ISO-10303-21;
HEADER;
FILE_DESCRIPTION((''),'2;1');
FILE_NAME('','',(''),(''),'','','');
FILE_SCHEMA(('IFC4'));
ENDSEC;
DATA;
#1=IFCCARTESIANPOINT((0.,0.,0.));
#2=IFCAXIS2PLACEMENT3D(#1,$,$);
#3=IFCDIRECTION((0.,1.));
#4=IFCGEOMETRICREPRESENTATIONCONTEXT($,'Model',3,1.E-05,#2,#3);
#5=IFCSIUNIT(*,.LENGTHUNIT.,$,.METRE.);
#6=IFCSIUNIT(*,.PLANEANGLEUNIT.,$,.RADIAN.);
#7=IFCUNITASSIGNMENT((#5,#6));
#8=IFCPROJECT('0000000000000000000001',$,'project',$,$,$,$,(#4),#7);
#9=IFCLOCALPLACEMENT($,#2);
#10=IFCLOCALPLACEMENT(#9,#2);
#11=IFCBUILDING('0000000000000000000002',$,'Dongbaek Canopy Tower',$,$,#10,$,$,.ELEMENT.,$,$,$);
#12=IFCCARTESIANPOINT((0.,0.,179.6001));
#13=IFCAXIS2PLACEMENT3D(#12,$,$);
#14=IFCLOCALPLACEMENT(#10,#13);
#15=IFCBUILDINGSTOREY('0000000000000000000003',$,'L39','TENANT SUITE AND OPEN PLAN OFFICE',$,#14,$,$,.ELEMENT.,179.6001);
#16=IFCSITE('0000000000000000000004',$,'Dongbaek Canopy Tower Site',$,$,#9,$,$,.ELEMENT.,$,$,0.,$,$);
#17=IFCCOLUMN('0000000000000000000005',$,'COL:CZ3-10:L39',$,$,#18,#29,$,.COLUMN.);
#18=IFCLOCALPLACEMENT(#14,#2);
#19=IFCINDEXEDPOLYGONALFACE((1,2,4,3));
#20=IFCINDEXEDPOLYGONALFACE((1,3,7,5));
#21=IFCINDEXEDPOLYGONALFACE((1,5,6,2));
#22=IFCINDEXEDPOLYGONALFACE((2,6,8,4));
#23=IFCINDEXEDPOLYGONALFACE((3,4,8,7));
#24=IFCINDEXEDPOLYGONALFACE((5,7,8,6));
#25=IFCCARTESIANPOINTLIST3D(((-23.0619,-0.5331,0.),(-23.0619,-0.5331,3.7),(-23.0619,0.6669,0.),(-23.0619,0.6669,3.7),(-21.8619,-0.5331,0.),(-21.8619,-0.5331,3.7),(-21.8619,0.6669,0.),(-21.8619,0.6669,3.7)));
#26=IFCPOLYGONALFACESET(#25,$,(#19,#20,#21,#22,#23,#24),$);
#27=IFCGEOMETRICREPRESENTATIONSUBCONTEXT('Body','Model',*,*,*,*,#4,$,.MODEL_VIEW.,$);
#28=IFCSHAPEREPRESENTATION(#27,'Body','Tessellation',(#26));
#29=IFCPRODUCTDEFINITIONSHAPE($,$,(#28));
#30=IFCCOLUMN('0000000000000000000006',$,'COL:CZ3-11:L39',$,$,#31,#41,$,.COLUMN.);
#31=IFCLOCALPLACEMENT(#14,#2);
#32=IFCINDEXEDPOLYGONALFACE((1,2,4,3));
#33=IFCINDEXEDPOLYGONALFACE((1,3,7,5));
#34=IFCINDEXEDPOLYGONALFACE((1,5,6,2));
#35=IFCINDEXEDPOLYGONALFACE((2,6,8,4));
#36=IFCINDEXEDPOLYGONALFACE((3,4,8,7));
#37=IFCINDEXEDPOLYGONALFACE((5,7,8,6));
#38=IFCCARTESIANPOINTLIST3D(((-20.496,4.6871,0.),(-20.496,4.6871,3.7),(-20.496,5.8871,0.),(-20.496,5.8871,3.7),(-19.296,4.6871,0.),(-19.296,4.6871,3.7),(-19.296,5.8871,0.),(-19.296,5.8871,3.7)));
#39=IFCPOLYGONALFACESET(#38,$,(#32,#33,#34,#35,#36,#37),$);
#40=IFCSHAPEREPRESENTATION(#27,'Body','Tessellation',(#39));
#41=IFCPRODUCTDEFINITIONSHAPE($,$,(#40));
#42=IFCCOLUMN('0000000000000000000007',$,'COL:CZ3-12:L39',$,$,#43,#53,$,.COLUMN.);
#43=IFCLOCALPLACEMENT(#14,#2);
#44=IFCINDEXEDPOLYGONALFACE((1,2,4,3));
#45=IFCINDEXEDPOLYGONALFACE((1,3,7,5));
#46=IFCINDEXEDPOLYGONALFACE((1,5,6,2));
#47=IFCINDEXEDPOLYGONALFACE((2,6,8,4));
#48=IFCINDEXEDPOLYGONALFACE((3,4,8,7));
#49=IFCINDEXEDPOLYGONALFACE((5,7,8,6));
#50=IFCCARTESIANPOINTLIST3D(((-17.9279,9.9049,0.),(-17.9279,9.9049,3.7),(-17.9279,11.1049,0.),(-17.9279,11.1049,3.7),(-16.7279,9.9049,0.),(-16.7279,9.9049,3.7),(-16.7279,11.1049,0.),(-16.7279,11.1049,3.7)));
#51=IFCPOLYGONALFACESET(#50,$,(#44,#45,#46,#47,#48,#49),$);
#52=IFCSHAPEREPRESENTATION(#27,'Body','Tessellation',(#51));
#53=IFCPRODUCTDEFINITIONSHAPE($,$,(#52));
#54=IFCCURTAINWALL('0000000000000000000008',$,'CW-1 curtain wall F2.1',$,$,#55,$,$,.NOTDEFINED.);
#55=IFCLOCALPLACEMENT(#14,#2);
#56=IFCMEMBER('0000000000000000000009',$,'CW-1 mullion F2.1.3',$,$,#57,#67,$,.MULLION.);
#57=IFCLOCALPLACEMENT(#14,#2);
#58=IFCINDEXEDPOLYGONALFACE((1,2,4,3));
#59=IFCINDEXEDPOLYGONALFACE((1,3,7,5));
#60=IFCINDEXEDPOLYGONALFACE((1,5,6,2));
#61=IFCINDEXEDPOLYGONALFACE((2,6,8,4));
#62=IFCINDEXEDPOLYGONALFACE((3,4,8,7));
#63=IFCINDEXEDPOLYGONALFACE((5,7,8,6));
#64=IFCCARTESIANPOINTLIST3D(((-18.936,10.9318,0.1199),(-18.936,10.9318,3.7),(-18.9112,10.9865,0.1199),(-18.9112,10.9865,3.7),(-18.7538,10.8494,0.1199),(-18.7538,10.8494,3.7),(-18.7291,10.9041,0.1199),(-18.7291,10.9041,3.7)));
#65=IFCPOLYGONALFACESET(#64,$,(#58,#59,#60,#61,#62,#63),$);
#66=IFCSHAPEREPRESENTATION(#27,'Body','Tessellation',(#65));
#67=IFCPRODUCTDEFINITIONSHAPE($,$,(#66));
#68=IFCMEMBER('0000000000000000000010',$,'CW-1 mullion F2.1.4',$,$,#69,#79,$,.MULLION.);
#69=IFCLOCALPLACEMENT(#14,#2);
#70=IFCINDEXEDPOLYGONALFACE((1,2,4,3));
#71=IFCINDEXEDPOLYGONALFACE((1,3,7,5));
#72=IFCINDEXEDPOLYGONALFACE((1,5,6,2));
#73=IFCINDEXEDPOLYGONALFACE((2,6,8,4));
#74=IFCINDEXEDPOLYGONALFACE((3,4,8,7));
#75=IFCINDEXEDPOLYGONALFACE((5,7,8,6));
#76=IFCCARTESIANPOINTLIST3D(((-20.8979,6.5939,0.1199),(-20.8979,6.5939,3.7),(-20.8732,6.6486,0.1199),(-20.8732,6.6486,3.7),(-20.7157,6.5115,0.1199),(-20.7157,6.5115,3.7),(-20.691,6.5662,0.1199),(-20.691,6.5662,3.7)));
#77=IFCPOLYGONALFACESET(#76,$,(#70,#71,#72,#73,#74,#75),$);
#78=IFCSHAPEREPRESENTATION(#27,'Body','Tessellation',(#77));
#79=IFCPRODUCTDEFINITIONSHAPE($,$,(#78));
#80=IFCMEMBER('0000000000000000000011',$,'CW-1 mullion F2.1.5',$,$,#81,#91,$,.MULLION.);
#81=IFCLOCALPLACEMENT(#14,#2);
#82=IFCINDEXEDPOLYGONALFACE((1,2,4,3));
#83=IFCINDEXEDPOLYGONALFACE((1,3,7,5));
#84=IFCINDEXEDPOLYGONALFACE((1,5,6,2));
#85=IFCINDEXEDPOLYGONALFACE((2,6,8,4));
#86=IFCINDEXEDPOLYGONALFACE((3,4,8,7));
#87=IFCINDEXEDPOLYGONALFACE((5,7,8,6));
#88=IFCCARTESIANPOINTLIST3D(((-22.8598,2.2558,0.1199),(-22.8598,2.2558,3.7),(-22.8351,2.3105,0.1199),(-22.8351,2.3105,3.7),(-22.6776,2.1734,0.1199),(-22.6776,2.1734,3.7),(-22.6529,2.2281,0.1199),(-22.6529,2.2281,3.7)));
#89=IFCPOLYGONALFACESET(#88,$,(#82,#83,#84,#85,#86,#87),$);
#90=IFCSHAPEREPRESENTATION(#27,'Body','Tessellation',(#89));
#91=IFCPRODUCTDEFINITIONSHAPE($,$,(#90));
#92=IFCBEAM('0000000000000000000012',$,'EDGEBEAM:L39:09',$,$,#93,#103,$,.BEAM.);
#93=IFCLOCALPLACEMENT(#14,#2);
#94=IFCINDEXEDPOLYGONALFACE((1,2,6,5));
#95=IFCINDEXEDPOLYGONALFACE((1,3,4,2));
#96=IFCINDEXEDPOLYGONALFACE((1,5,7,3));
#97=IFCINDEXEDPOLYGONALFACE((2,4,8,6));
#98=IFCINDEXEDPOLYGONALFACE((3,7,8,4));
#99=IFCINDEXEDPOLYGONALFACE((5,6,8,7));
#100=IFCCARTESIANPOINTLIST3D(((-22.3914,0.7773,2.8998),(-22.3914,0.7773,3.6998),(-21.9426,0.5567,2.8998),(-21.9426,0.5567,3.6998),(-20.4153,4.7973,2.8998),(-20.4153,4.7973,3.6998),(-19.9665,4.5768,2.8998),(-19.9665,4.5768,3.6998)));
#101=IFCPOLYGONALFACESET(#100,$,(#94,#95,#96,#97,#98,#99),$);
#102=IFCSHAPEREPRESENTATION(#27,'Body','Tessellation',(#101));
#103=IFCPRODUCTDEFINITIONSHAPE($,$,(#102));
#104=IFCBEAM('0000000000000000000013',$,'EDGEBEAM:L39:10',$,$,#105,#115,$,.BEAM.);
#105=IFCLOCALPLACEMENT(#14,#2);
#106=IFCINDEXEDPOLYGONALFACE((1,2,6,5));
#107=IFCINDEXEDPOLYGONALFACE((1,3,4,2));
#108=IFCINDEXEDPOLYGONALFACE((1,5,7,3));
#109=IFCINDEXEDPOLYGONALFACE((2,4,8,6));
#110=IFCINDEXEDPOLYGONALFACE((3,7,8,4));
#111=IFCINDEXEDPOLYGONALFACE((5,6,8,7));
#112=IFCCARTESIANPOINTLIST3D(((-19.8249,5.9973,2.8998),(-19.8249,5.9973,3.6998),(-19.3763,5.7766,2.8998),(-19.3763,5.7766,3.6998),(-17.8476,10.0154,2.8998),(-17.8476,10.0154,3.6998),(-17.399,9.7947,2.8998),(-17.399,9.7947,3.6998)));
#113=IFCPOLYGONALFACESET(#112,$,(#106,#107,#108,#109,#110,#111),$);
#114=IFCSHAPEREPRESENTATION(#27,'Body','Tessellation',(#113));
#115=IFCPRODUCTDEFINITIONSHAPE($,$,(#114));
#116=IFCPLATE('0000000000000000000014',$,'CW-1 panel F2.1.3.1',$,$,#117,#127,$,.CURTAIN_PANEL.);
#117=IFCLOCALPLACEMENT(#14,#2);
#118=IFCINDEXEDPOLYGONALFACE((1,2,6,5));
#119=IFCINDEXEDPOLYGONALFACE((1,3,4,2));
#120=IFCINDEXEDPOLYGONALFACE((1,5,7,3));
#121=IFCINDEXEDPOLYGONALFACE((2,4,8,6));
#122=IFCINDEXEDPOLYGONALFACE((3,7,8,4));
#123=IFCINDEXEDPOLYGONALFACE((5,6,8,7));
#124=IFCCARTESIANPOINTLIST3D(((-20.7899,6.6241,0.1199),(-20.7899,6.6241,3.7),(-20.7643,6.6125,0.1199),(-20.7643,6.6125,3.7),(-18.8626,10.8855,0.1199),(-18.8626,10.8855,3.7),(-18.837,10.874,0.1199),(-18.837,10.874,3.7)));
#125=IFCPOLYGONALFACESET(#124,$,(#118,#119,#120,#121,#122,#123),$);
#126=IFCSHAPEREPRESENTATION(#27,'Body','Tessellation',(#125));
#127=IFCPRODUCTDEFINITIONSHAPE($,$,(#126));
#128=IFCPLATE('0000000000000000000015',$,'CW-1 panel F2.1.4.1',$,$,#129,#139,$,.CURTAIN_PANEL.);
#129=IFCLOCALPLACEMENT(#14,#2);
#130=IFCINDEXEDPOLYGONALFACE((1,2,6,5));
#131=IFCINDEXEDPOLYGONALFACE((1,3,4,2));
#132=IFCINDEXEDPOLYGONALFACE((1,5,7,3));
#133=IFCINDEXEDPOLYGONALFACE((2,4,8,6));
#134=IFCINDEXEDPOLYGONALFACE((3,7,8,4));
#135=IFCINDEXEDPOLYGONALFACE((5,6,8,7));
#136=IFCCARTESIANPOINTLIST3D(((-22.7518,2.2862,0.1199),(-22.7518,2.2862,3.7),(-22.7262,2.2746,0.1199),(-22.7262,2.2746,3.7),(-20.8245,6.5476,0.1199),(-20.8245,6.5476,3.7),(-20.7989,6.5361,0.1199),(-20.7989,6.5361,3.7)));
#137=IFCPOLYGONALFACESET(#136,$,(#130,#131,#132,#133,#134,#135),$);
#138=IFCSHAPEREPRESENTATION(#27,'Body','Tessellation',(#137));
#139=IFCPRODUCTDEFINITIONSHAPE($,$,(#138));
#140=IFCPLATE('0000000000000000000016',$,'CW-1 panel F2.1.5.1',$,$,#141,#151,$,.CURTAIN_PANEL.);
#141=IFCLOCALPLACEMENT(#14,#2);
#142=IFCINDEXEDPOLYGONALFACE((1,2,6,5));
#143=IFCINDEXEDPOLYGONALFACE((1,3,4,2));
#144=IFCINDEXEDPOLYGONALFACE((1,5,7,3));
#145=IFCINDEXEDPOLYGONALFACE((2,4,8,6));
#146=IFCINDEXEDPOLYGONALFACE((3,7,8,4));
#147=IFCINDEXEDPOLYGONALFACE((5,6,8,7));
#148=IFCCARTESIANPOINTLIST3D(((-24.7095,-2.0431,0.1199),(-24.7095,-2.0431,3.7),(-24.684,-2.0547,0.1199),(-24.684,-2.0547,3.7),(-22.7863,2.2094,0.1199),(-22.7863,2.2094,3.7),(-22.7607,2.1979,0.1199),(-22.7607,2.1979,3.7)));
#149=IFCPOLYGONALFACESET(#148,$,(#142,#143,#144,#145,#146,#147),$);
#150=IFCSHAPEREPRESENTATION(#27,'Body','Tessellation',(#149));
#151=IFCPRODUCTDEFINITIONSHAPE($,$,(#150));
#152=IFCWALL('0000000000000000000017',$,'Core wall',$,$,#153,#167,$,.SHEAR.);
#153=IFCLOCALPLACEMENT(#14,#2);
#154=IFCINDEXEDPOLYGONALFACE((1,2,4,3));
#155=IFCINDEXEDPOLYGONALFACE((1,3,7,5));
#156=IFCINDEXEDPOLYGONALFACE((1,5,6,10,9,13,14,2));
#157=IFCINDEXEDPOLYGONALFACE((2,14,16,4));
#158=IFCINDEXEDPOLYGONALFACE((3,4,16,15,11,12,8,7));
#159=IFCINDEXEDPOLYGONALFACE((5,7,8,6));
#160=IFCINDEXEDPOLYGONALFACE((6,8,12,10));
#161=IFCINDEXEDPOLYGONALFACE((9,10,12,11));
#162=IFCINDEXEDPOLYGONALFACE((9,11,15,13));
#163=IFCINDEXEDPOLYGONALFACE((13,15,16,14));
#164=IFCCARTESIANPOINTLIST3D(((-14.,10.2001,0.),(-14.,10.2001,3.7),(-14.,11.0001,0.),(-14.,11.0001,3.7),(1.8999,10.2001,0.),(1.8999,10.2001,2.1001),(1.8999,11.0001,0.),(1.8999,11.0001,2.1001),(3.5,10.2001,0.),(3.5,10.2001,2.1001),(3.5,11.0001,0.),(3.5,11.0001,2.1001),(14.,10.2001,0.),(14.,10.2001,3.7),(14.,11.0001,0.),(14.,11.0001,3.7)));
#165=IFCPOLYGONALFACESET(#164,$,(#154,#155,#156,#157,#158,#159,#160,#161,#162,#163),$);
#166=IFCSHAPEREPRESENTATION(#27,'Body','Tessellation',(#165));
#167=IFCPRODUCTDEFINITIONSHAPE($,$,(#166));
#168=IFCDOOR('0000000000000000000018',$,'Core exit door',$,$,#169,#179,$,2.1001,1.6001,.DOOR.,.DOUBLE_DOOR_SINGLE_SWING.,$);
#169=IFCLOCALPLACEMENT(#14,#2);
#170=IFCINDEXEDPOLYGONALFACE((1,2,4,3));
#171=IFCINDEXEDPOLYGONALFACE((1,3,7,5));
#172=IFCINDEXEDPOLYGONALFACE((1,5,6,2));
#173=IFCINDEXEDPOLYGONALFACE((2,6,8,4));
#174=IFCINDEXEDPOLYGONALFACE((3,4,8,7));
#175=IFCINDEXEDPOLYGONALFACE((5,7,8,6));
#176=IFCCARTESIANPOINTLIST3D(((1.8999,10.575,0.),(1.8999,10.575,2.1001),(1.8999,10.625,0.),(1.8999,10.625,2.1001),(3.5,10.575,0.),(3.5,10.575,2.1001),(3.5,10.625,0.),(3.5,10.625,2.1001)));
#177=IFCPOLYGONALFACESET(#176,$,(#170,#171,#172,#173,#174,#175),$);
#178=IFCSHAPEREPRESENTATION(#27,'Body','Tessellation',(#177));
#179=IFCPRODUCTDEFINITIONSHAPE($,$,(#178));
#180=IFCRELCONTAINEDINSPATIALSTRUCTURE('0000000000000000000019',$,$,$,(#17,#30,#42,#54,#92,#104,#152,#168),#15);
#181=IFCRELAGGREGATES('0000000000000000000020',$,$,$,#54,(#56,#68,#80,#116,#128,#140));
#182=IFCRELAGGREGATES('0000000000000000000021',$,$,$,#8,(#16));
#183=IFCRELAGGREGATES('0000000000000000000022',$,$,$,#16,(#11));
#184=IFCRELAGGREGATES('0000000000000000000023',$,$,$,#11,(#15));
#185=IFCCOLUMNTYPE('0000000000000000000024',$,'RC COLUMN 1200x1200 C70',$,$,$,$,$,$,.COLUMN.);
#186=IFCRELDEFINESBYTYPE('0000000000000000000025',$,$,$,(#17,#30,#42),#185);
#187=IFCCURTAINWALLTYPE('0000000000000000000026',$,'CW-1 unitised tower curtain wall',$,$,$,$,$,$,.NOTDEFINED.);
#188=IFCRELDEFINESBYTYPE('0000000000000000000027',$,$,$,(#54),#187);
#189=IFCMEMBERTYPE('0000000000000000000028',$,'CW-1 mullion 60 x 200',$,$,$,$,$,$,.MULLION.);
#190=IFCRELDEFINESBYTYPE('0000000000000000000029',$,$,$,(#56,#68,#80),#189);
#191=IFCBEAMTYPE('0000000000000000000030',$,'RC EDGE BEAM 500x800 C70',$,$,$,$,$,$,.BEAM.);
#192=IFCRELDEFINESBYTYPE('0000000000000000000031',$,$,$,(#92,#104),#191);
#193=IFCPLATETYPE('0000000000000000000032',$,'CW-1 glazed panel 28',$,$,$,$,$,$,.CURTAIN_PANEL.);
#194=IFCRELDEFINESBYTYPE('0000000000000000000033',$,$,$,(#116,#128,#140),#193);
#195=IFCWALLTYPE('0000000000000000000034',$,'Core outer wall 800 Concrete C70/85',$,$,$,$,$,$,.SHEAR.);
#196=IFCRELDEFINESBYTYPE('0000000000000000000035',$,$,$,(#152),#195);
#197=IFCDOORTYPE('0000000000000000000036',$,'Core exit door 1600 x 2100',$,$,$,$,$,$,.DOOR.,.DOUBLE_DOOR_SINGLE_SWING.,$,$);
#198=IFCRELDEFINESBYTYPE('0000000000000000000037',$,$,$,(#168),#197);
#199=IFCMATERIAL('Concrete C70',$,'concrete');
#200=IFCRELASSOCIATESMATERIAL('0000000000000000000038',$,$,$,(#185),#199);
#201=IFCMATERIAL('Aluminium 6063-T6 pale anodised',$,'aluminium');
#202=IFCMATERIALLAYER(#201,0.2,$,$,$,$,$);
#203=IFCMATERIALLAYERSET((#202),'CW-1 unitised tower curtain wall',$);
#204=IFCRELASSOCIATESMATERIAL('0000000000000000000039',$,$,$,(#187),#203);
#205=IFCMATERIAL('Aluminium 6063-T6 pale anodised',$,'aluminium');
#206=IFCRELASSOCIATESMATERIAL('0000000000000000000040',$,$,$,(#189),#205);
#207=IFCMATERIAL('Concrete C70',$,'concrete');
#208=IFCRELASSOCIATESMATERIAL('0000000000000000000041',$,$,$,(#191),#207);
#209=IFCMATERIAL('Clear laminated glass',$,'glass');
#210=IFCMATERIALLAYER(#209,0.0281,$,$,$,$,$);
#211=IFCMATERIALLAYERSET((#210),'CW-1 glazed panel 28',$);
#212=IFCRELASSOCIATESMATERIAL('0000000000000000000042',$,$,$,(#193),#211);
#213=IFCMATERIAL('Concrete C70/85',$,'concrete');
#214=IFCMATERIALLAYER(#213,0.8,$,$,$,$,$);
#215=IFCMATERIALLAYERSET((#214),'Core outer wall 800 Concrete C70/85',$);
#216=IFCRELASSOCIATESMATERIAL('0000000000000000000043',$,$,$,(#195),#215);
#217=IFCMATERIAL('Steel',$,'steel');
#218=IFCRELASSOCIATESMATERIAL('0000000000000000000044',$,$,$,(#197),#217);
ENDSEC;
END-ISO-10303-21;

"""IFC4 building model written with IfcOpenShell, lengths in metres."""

from ifc_helpers import new_model, si_unit, direction, frame, frame_2d, origin, origin_2d, place, context, subcontext, project, spatial, rectangle, extrude, material, layer, layer_set, material_profile, profile_set, type_object, element, fill, aggregate, save


model = new_model("IFC4")

# Units and contexts
model_context = context("Model", 3, precision=1e-05, world=origin(), true_north=direction((0.0, 1.0)))
body_context = subcontext(model_context, "Body", "Model", "MODEL_VIEW")
ifc_project = project(units=[si_unit("LENGTHUNIT", "METRE"), si_unit("PLANEANGLEUNIT", "RADIAN")], contexts=[model_context])

# Site, building, storey
site_placement = place(None, origin())
site = spatial("IfcSite", under=ifc_project, at=site_placement, Name="Dongbaek Canopy Tower Site", CompositionType="ELEMENT", RefElevation=0.0)
building_placement = place(site_placement, origin())
building = spatial("IfcBuilding", under=site, at=building_placement, Name="Dongbaek Canopy Tower", CompositionType="ELEMENT")
storey_placement = place(building_placement, frame((0.0, 0.0, 179.6001)))
storey = spatial("IfcBuildingStorey", under=building, at=storey_placement, Name="L39", Description="TENANT SUITE AND OPEN PLAN OFFICE", CompositionType="ELEMENT", Elevation=179.6001)

# Columns
ifc_material_1 = material(Name="Concrete C70", Category="concrete")
ifc_material_profile_1 = material_profile(ifc_material_1, rectangle(XDim=1.2, YDim=1.2, at=origin_2d()), Name="RC COLUMN 1200x1200 C70")
ifc_profile_set_1 = profile_set([ifc_material_profile_1], Name="Concrete C70")
column_type = type_object("IfcColumnType", Name="RC COLUMN 1200x1200 C70", PredefinedType="COLUMN", material=ifc_profile_set_1)
for number, where, z_axis, x_axis, name in (
    (1, (-22.4619, 0.0669, 0.0), (0.0, 0.0, 1.0), (1.0, 0.0, 0.0), "COL:CZ3-10:L39"),
    (2, (-19.896, 5.2871, 0.0), (0.0, 0.0, 1.0), (1.0, 0.0, 0.0), "COL:CZ3-11:L39"),
    (3, (-17.3279, 10.5049, 0.0), (0.0, 0.0, 1.0), (1.0, 0.0, 0.0), "COL:CZ3-12:L39"),
):
    element("IfcColumn", number, at=place(storey_placement, frame(where, z_axis=z_axis, x_axis=x_axis)), inside=storey, type_object=column_type, Name=name, PredefinedType="COLUMN", context=body_context, shape_type="SweptSolid", body=[
        extrude(rectangle(XDim=1.2, YDim=1.2, at=origin_2d()), origin(), (0.0, 0.0, 1.0), 3.7),
    ])

# Curtain wall, members
ifc_material_2 = material(Name="Aluminium 6063-T6 pale anodised", Category="aluminium")
ifc_layer_1 = layer(ifc_material_2, 0.2)
ifc_layer_set_1 = layer_set([ifc_layer_1], Name="CW-1 unitised tower curtain wall")
curtain_wall_type = type_object("IfcCurtainWallType", Name="CW-1 unitised tower curtain wall", PredefinedType="NOTDEFINED", material=ifc_layer_set_1)
curtain_wall_placement = place(storey_placement, origin())
curtain_wall = element("IfcCurtainWall", 4, at=curtain_wall_placement, inside=storey, type_object=curtain_wall_type, Name="CW-1 curtain wall F2.1", PredefinedType="NOTDEFINED")
ifc_material_3 = material(Name="Aluminium 6063-T6 pale anodised", Category="aluminium")
ifc_material_profile_2 = material_profile(ifc_material_3, rectangle(XDim=0.2, YDim=0.0601, at=origin_2d()), Name="CW-1 mullion 60 x 200")
ifc_profile_set_2 = profile_set([ifc_material_profile_2], Name="Aluminium 6063-T6 pale anodised")
member_type = type_object("IfcMemberType", Name="CW-1 mullion 60 x 200", PredefinedType="MULLION", material=ifc_profile_set_2)
member_1_placement = place(storey_placement, frame((-18.8325, 10.918, 0.1199), z_axis=(0.0, 0.0, 1.0), x_axis=(-0.911148, 0.41208, 0.0)))
member_1 = element("IfcMember", 5, at=member_1_placement, type_object=member_type, Name="CW-1 mullion F2.1.3", PredefinedType="MULLION", context=body_context, shape_type="SweptSolid", body=[
    extrude(rectangle(XDim=0.2, YDim=0.0601, at=origin_2d()), origin(), (0.0, 0.0, 1.0), 3.5801),
])
member_2_placement = place(storey_placement, frame((-20.7944, 6.5801, 0.1199), z_axis=(0.0, 0.0, 1.0), x_axis=(-0.911148, 0.41208, 0.0)))
member_2 = element("IfcMember", 6, at=member_2_placement, type_object=member_type, Name="CW-1 mullion F2.1.4", PredefinedType="MULLION", context=body_context, shape_type="SweptSolid", body=[
    extrude(rectangle(XDim=0.2, YDim=0.0601, at=origin_2d()), origin(), (0.0, 0.0, 1.0), 3.5801),
])
member_3_placement = place(storey_placement, frame((-22.7563, 2.2419, 0.1199), z_axis=(0.0, 0.0, 1.0), x_axis=(-0.911148, 0.41208, 0.0)))
member_3 = element("IfcMember", 7, at=member_3_placement, type_object=member_type, Name="CW-1 mullion F2.1.5", PredefinedType="MULLION", context=body_context, shape_type="SweptSolid", body=[
    extrude(rectangle(XDim=0.2, YDim=0.0601, at=origin_2d()), origin(), (0.0, 0.0, 1.0), 3.5801),
])

# Beams
ifc_material_4 = material(Name="Concrete C70", Category="concrete")
ifc_material_profile_3 = material_profile(ifc_material_4, rectangle(XDim=0.5, YDim=0.8, at=origin_2d()), Name="RC EDGE BEAM 500x800 C70")
ifc_profile_set_3 = profile_set([ifc_material_profile_3], Name="Concrete C70")
beam_type = type_object("IfcBeamType", Name="RC EDGE BEAM 500x800 C70", PredefinedType="BEAM", material=ifc_profile_set_3)
beam_1_placement = place(storey_placement, frame((-22.167, 0.667, 3.2998), z_axis=(0.441143, 0.897437, 0.0), x_axis=(-0.897437, 0.441143, 0.0)))
element("IfcBeam", 8, at=beam_1_placement, inside=storey, type_object=beam_type, Name="EDGEBEAM:L39:09", PredefinedType="BEAM", context=body_context, shape_type="SweptSolid", body=[
    extrude(rectangle(XDim=0.5, YDim=0.8, at=origin_2d()), origin(), (0.0, 0.0, 1.0), 4.4795),
])
beam_2_placement = place(storey_placement, frame((-19.6006, 5.887, 3.2998), z_axis=(0.441535, 0.897244, 0.0), x_axis=(-0.897244, 0.441535, 0.0)))
element("IfcBeam", 9, at=beam_2_placement, inside=storey, type_object=beam_type, Name="EDGEBEAM:L39:10", PredefinedType="BEAM", context=body_context, shape_type="SweptSolid", body=[
    extrude(rectangle(XDim=0.5, YDim=0.8, at=origin_2d()), origin(), (0.0, 0.0, 1.0), 4.4783),
])

# Plates
ifc_material_5 = material(Name="Clear laminated glass", Category="glass")
ifc_layer_2 = layer(ifc_material_5, 0.0281)
ifc_layer_set_2 = layer_set([ifc_layer_2], Name="CW-1 glazed panel 28")
plate_type = type_object("IfcPlateType", Name="CW-1 glazed panel 28", PredefinedType="CURTAIN_PANEL", material=ifc_layer_set_2)
plate_1_placement = place(storey_placement, frame((-19.8135, 8.749, 0.1199), z_axis=(0.0, 0.0, 1.0), x_axis=(-0.41208, -0.911148, 0.0)))
plate_1 = element("IfcPlate", 10, at=plate_1_placement, type_object=plate_type, Name="CW-1 panel F2.1.3.1", PredefinedType="CURTAIN_PANEL", context=body_context, shape_type="SweptSolid", body=[
    extrude(rectangle(XDim=4.677, YDim=0.0281, at=origin_2d()), origin(), (0.0, 0.0, 1.0), 3.5801),
])
plate_2_placement = place(storey_placement, frame((-21.7754, 4.4111, 0.1199), z_axis=(0.0, 0.0, 1.0), x_axis=(-0.41208, -0.911148, 0.0)))
plate_2 = element("IfcPlate", 11, at=plate_2_placement, type_object=plate_type, Name="CW-1 panel F2.1.4.1", PredefinedType="CURTAIN_PANEL", context=body_context, shape_type="SweptSolid", body=[
    extrude(rectangle(XDim=4.677, YDim=0.0281, at=origin_2d()), origin(), (0.0, 0.0, 1.0), 3.5801),
])
plate_3_placement = place(storey_placement, frame((-23.7351, 0.0774, 0.1199), z_axis=(0.0, 0.0, 1.0), x_axis=(-0.41208, -0.911148, 0.0)))
plate_3 = element("IfcPlate", 12, at=plate_3_placement, type_object=plate_type, Name="CW-1 panel F2.1.5.1", PredefinedType="CURTAIN_PANEL", context=body_context, shape_type="SweptSolid", body=[
    extrude(rectangle(XDim=4.6672, YDim=0.0281, at=origin_2d()), origin(), (0.0, 0.0, 1.0), 3.5801),
])

# Wall, opening, door
ifc_material_6 = material(Name="Concrete C70/85", Category="concrete")
ifc_layer_3 = layer(ifc_material_6, 0.8)
ifc_layer_set_3 = layer_set([ifc_layer_3], Name="Core outer wall 800 Concrete C70/85")
wall_type_1 = type_object("IfcWallType", Name="Core outer wall 800 Concrete C70/85", PredefinedType="SHEAR", material=ifc_layer_set_3)
wall_1_placement = place(storey_placement, frame((-14.0, 10.6001, 0.0), z_axis=(0.0, 0.0, 1.0), x_axis=(1.0, 0.0, 0.0)))
wall_1 = element("IfcWall", 13, at=wall_1_placement, inside=storey, type_object=wall_type_1, Name="Core wall", PredefinedType="SHEAR", context=body_context, shape_type="SweptSolid", body=[
    extrude(rectangle(XDim=28.0, YDim=0.8, at=frame_2d((14.0, 0.0))), origin(), (0.0, 0.0, 1.0), 3.7),
])
opening_placement = place(wall_1_placement, frame((15.8999, 0.0, 0.0)))
opening = element("IfcOpeningElement", 14, at=opening_placement, cuts=wall_1, PredefinedType="OPENING", context=body_context, shape_type="SweptSolid", body=[
    extrude(rectangle(XDim=1.6001, YDim=2.1001, at=frame_2d((0.8, 1.05))), frame((0.0, 0.4099, 0.0), z_axis=(0.0, -1.0, 0.0), x_axis=(1.0, 0.0, 0.0)), (0.0, 0.0, 1.0), 0.8201),
])
ifc_material_7 = material(Name="Steel", Category="steel")
door_type = type_object("IfcDoorType", Name="Core exit door 1600 x 2100", OperationType="DOUBLE_DOOR_SINGLE_SWING", PredefinedType="DOOR", material=ifc_material_7)
door_placement = place(opening_placement, origin())
door = element("IfcDoor", 15, at=door_placement, inside=storey, type_object=door_type, Name="Core exit door", OperationType="DOUBLE_DOOR_SINGLE_SWING", OverallHeight=2.1001, OverallWidth=1.6001, PredefinedType="DOOR", context=body_context, shape_type="SweptSolid", body=[
    extrude(rectangle(XDim=1.6001, YDim=2.1001, at=frame_2d((0.8, 1.05))), frame((0.0, 0.0249, 0.0), z_axis=(0.0, -1.0, 0.0), x_axis=(1.0, 0.0, 0.0)), (0.0, 0.0, 1.0), 0.05),
])
fill(opening, door)

aggregate(curtain_wall, [member_1, member_2, member_3, plate_1, plate_2, plate_3])

save(model, "model.ifc")
